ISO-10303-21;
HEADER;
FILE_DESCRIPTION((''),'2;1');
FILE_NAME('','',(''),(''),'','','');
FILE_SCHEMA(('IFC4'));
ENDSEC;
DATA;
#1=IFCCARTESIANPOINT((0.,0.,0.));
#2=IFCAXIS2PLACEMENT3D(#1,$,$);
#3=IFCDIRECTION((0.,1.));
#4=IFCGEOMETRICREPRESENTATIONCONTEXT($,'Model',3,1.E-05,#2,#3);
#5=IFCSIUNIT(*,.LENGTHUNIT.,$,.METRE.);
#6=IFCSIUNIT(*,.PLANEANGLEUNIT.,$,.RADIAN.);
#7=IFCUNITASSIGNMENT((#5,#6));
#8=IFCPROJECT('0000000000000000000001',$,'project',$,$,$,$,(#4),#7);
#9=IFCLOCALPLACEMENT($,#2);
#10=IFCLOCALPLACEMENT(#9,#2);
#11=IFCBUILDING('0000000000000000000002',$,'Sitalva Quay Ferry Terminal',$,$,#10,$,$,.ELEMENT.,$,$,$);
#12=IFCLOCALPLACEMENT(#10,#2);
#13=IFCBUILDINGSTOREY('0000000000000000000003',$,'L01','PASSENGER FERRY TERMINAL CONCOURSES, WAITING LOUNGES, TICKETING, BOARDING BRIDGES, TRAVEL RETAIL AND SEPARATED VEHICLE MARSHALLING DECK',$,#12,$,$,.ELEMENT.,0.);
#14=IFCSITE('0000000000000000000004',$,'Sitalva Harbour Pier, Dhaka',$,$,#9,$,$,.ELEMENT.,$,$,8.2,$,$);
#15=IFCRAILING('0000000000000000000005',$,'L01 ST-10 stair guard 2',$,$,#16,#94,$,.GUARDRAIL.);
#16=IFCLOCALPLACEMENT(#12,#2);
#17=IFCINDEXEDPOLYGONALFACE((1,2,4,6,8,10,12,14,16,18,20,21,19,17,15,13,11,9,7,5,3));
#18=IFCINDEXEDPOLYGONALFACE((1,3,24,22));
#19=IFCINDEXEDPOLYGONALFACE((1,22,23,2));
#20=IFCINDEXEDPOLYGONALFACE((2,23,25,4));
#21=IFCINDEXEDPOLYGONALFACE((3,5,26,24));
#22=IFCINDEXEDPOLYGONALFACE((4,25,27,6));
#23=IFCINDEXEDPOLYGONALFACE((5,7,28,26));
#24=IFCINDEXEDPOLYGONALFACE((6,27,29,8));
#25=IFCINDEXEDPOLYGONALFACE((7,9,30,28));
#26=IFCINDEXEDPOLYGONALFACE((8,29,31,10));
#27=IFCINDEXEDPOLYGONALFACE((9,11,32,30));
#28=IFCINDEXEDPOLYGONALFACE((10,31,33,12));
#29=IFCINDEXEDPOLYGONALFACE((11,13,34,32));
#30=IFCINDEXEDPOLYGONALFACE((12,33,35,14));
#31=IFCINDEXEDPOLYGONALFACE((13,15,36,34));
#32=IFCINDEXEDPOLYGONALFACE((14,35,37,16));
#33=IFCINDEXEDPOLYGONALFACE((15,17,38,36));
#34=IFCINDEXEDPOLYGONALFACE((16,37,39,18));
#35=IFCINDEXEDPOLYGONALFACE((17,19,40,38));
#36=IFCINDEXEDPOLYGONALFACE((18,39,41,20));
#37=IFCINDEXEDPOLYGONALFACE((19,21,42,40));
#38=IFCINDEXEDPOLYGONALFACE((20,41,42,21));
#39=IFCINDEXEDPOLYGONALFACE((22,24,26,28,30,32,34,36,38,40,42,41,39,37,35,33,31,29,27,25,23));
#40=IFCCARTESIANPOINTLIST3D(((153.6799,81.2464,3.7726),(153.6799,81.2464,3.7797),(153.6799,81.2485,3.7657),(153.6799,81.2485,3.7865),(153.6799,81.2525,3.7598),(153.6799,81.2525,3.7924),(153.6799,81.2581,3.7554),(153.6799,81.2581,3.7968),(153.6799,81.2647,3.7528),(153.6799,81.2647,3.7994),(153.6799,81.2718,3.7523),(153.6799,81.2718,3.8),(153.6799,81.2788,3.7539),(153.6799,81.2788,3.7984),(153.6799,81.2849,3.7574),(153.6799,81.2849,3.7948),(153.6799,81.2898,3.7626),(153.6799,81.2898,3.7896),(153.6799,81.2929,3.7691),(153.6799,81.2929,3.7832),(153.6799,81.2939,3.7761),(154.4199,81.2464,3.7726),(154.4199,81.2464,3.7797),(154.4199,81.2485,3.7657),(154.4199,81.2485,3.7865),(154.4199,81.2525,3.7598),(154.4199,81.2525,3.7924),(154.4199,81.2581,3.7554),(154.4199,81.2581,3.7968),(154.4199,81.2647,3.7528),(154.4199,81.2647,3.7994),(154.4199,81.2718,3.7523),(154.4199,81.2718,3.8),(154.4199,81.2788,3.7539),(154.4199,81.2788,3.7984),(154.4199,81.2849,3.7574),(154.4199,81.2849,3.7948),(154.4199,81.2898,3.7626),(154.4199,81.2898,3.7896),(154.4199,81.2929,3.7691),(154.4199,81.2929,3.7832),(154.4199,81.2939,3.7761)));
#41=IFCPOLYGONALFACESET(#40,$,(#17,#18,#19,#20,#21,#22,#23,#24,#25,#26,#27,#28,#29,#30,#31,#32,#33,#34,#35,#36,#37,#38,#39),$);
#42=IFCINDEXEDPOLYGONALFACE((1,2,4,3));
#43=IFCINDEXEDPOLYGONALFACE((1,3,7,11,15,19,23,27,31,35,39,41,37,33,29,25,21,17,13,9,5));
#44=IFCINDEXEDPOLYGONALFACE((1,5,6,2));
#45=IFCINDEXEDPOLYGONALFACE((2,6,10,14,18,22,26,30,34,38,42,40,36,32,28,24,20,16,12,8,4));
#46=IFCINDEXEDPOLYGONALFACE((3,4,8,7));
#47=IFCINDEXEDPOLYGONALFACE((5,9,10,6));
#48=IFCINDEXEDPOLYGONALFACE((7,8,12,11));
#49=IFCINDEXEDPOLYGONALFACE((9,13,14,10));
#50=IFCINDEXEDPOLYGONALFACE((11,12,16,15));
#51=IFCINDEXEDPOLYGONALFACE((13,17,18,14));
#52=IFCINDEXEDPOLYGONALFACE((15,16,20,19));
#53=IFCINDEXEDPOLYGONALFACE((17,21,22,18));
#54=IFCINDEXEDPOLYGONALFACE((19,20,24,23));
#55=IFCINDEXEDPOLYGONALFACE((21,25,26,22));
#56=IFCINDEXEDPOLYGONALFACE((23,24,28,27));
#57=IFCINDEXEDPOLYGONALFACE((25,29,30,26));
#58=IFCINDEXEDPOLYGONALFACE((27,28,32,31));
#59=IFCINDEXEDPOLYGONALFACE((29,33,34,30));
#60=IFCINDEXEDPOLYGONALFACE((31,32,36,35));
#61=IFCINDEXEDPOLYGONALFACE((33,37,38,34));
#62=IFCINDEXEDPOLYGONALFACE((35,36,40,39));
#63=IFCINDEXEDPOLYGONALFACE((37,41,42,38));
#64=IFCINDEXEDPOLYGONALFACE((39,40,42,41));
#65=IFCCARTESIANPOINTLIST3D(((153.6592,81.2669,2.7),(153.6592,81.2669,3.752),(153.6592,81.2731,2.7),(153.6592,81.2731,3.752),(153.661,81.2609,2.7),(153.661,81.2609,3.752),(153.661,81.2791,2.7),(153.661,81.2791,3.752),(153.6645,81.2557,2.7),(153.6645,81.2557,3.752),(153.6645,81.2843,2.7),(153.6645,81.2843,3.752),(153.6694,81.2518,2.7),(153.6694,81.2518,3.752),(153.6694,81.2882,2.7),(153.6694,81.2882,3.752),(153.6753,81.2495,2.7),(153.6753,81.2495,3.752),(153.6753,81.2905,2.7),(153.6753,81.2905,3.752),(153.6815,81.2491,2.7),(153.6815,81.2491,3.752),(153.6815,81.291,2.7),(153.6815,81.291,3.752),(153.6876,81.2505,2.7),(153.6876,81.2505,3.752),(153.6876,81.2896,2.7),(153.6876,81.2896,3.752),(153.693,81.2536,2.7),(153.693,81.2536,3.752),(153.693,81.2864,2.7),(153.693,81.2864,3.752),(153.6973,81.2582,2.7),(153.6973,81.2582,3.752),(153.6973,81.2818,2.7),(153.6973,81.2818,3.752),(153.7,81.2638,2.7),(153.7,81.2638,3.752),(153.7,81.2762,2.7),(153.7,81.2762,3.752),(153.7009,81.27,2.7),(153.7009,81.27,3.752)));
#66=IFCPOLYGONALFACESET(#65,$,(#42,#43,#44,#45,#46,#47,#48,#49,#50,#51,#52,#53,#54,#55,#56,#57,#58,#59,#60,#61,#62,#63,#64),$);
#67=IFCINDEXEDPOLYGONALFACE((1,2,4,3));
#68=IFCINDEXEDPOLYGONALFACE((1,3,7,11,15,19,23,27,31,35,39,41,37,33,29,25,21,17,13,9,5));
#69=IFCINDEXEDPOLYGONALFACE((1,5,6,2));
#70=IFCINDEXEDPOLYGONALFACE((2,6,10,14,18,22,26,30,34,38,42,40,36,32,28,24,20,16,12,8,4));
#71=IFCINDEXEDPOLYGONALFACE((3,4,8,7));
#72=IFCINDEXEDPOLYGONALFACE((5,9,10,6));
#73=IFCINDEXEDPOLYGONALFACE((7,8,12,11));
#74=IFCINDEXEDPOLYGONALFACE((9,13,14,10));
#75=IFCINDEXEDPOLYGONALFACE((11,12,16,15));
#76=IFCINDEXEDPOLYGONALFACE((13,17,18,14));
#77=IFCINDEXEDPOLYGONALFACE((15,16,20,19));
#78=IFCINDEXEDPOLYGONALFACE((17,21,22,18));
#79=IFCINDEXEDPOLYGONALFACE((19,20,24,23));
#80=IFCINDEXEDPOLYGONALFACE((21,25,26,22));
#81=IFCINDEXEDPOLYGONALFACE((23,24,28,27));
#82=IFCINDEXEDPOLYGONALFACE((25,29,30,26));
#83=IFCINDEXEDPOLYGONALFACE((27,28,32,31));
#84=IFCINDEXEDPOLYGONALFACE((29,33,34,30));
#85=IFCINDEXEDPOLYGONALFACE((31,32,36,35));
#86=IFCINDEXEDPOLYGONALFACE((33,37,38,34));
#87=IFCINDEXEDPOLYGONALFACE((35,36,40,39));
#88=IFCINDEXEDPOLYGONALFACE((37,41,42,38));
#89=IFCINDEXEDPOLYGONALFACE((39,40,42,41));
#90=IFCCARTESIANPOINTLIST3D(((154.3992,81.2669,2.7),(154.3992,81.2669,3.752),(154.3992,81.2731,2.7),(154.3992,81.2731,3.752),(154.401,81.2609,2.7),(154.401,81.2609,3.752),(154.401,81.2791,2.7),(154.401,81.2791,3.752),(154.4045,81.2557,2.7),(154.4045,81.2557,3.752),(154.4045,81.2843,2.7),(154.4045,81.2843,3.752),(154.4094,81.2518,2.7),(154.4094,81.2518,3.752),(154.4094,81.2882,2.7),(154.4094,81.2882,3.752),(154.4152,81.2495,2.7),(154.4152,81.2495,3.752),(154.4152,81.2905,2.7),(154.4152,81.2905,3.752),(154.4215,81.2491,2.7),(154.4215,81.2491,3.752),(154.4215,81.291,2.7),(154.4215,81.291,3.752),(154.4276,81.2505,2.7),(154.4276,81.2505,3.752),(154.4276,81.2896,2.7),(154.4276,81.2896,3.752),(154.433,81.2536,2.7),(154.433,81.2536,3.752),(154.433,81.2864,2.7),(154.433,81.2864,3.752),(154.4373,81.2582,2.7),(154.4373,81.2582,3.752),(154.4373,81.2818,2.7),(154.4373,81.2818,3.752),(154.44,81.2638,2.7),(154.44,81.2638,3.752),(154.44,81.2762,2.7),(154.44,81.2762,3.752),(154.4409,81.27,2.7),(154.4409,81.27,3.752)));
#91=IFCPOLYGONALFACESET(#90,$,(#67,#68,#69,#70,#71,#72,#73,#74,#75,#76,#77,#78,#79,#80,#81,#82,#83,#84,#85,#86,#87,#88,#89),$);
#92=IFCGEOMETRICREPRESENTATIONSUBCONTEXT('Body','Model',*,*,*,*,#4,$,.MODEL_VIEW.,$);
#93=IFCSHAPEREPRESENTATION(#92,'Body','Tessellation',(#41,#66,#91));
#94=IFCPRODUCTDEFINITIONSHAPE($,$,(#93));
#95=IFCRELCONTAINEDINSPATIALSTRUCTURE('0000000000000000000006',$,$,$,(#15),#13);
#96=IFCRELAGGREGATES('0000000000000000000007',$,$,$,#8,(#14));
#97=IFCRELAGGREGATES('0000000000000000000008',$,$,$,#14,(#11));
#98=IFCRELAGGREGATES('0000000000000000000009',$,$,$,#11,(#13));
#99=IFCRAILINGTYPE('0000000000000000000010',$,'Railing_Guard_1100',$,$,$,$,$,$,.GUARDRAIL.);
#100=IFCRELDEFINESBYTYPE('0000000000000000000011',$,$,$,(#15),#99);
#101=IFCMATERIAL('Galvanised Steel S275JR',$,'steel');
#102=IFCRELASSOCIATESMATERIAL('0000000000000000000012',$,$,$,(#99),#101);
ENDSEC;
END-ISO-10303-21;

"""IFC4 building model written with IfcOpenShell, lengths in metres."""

from ifc_helpers import new_model, si_unit, direction, frame, origin, origin_2d, place, context, subcontext, project, spatial, circle, extrude, material, type_object, element, save


model = new_model("IFC4")

# Units and contexts
model_context = context("Model", 3, precision=1e-05, world=origin(), true_north=direction((0.0, 1.0)))
body_context = subcontext(model_context, "Body", "Model", "MODEL_VIEW")
ifc_project = project(units=[si_unit("LENGTHUNIT", "METRE"), si_unit("PLANEANGLEUNIT", "RADIAN")], contexts=[model_context])

# Site, building, storey
site_placement = place(None, origin())
site = spatial("IfcSite", under=ifc_project, at=site_placement, Name="Sitalva Harbour Pier, Dhaka", CompositionType="ELEMENT", RefElevation=8.2)
building_placement = place(site_placement, origin())
building = spatial("IfcBuilding", under=site, at=building_placement, Name="Sitalva Quay Ferry Terminal", CompositionType="ELEMENT")
storey_placement = place(building_placement, origin())
storey = spatial("IfcBuildingStorey", under=building, at=storey_placement, Name="L01", Description="PASSENGER FERRY TERMINAL CONCOURSES, WAITING LOUNGES, TICKETING, BOARDING BRIDGES, TRAVEL RETAIL AND SEPARATED VEHICLE MARSHALLING DECK", CompositionType="ELEMENT", Elevation=0.0)

# Railing
ifc_material_1 = material(Name="Galvanised Steel S275JR", Category="steel")
railing_type_1 = type_object("IfcRailingType", Name="Railing_Guard_1100", PredefinedType="GUARDRAIL", material=ifc_material_1)
railing_1_placement = place(storey_placement, frame((153.6799, 81.27, 2.7)))
element("IfcRailing", 1, at=railing_1_placement, inside=storey, type_object=railing_type_1, Name="L01 ST-10 stair guard 2", PredefinedType="GUARDRAIL", context=body_context, shape_type="SweptSolid", body=[
    extrude(circle(Radius=0.0239, at=origin_2d()), frame((0.0, 0.0, 1.0762), z_axis=(1.0, 0.0, 0.0), x_axis=(0.0, 1.0, 0.0)), (0.0, 0.0, 1.0), 0.74),
    extrude(circle(Radius=0.021, at=origin_2d()), origin(), (0.0, 0.0, 1.0), 1.052),
    extrude(circle(Radius=0.021, at=origin_2d()), frame((0.74, 0.0, 0.0)), (0.0, 0.0, 1.0), 1.052),
])

save(model, "model.ifc")
